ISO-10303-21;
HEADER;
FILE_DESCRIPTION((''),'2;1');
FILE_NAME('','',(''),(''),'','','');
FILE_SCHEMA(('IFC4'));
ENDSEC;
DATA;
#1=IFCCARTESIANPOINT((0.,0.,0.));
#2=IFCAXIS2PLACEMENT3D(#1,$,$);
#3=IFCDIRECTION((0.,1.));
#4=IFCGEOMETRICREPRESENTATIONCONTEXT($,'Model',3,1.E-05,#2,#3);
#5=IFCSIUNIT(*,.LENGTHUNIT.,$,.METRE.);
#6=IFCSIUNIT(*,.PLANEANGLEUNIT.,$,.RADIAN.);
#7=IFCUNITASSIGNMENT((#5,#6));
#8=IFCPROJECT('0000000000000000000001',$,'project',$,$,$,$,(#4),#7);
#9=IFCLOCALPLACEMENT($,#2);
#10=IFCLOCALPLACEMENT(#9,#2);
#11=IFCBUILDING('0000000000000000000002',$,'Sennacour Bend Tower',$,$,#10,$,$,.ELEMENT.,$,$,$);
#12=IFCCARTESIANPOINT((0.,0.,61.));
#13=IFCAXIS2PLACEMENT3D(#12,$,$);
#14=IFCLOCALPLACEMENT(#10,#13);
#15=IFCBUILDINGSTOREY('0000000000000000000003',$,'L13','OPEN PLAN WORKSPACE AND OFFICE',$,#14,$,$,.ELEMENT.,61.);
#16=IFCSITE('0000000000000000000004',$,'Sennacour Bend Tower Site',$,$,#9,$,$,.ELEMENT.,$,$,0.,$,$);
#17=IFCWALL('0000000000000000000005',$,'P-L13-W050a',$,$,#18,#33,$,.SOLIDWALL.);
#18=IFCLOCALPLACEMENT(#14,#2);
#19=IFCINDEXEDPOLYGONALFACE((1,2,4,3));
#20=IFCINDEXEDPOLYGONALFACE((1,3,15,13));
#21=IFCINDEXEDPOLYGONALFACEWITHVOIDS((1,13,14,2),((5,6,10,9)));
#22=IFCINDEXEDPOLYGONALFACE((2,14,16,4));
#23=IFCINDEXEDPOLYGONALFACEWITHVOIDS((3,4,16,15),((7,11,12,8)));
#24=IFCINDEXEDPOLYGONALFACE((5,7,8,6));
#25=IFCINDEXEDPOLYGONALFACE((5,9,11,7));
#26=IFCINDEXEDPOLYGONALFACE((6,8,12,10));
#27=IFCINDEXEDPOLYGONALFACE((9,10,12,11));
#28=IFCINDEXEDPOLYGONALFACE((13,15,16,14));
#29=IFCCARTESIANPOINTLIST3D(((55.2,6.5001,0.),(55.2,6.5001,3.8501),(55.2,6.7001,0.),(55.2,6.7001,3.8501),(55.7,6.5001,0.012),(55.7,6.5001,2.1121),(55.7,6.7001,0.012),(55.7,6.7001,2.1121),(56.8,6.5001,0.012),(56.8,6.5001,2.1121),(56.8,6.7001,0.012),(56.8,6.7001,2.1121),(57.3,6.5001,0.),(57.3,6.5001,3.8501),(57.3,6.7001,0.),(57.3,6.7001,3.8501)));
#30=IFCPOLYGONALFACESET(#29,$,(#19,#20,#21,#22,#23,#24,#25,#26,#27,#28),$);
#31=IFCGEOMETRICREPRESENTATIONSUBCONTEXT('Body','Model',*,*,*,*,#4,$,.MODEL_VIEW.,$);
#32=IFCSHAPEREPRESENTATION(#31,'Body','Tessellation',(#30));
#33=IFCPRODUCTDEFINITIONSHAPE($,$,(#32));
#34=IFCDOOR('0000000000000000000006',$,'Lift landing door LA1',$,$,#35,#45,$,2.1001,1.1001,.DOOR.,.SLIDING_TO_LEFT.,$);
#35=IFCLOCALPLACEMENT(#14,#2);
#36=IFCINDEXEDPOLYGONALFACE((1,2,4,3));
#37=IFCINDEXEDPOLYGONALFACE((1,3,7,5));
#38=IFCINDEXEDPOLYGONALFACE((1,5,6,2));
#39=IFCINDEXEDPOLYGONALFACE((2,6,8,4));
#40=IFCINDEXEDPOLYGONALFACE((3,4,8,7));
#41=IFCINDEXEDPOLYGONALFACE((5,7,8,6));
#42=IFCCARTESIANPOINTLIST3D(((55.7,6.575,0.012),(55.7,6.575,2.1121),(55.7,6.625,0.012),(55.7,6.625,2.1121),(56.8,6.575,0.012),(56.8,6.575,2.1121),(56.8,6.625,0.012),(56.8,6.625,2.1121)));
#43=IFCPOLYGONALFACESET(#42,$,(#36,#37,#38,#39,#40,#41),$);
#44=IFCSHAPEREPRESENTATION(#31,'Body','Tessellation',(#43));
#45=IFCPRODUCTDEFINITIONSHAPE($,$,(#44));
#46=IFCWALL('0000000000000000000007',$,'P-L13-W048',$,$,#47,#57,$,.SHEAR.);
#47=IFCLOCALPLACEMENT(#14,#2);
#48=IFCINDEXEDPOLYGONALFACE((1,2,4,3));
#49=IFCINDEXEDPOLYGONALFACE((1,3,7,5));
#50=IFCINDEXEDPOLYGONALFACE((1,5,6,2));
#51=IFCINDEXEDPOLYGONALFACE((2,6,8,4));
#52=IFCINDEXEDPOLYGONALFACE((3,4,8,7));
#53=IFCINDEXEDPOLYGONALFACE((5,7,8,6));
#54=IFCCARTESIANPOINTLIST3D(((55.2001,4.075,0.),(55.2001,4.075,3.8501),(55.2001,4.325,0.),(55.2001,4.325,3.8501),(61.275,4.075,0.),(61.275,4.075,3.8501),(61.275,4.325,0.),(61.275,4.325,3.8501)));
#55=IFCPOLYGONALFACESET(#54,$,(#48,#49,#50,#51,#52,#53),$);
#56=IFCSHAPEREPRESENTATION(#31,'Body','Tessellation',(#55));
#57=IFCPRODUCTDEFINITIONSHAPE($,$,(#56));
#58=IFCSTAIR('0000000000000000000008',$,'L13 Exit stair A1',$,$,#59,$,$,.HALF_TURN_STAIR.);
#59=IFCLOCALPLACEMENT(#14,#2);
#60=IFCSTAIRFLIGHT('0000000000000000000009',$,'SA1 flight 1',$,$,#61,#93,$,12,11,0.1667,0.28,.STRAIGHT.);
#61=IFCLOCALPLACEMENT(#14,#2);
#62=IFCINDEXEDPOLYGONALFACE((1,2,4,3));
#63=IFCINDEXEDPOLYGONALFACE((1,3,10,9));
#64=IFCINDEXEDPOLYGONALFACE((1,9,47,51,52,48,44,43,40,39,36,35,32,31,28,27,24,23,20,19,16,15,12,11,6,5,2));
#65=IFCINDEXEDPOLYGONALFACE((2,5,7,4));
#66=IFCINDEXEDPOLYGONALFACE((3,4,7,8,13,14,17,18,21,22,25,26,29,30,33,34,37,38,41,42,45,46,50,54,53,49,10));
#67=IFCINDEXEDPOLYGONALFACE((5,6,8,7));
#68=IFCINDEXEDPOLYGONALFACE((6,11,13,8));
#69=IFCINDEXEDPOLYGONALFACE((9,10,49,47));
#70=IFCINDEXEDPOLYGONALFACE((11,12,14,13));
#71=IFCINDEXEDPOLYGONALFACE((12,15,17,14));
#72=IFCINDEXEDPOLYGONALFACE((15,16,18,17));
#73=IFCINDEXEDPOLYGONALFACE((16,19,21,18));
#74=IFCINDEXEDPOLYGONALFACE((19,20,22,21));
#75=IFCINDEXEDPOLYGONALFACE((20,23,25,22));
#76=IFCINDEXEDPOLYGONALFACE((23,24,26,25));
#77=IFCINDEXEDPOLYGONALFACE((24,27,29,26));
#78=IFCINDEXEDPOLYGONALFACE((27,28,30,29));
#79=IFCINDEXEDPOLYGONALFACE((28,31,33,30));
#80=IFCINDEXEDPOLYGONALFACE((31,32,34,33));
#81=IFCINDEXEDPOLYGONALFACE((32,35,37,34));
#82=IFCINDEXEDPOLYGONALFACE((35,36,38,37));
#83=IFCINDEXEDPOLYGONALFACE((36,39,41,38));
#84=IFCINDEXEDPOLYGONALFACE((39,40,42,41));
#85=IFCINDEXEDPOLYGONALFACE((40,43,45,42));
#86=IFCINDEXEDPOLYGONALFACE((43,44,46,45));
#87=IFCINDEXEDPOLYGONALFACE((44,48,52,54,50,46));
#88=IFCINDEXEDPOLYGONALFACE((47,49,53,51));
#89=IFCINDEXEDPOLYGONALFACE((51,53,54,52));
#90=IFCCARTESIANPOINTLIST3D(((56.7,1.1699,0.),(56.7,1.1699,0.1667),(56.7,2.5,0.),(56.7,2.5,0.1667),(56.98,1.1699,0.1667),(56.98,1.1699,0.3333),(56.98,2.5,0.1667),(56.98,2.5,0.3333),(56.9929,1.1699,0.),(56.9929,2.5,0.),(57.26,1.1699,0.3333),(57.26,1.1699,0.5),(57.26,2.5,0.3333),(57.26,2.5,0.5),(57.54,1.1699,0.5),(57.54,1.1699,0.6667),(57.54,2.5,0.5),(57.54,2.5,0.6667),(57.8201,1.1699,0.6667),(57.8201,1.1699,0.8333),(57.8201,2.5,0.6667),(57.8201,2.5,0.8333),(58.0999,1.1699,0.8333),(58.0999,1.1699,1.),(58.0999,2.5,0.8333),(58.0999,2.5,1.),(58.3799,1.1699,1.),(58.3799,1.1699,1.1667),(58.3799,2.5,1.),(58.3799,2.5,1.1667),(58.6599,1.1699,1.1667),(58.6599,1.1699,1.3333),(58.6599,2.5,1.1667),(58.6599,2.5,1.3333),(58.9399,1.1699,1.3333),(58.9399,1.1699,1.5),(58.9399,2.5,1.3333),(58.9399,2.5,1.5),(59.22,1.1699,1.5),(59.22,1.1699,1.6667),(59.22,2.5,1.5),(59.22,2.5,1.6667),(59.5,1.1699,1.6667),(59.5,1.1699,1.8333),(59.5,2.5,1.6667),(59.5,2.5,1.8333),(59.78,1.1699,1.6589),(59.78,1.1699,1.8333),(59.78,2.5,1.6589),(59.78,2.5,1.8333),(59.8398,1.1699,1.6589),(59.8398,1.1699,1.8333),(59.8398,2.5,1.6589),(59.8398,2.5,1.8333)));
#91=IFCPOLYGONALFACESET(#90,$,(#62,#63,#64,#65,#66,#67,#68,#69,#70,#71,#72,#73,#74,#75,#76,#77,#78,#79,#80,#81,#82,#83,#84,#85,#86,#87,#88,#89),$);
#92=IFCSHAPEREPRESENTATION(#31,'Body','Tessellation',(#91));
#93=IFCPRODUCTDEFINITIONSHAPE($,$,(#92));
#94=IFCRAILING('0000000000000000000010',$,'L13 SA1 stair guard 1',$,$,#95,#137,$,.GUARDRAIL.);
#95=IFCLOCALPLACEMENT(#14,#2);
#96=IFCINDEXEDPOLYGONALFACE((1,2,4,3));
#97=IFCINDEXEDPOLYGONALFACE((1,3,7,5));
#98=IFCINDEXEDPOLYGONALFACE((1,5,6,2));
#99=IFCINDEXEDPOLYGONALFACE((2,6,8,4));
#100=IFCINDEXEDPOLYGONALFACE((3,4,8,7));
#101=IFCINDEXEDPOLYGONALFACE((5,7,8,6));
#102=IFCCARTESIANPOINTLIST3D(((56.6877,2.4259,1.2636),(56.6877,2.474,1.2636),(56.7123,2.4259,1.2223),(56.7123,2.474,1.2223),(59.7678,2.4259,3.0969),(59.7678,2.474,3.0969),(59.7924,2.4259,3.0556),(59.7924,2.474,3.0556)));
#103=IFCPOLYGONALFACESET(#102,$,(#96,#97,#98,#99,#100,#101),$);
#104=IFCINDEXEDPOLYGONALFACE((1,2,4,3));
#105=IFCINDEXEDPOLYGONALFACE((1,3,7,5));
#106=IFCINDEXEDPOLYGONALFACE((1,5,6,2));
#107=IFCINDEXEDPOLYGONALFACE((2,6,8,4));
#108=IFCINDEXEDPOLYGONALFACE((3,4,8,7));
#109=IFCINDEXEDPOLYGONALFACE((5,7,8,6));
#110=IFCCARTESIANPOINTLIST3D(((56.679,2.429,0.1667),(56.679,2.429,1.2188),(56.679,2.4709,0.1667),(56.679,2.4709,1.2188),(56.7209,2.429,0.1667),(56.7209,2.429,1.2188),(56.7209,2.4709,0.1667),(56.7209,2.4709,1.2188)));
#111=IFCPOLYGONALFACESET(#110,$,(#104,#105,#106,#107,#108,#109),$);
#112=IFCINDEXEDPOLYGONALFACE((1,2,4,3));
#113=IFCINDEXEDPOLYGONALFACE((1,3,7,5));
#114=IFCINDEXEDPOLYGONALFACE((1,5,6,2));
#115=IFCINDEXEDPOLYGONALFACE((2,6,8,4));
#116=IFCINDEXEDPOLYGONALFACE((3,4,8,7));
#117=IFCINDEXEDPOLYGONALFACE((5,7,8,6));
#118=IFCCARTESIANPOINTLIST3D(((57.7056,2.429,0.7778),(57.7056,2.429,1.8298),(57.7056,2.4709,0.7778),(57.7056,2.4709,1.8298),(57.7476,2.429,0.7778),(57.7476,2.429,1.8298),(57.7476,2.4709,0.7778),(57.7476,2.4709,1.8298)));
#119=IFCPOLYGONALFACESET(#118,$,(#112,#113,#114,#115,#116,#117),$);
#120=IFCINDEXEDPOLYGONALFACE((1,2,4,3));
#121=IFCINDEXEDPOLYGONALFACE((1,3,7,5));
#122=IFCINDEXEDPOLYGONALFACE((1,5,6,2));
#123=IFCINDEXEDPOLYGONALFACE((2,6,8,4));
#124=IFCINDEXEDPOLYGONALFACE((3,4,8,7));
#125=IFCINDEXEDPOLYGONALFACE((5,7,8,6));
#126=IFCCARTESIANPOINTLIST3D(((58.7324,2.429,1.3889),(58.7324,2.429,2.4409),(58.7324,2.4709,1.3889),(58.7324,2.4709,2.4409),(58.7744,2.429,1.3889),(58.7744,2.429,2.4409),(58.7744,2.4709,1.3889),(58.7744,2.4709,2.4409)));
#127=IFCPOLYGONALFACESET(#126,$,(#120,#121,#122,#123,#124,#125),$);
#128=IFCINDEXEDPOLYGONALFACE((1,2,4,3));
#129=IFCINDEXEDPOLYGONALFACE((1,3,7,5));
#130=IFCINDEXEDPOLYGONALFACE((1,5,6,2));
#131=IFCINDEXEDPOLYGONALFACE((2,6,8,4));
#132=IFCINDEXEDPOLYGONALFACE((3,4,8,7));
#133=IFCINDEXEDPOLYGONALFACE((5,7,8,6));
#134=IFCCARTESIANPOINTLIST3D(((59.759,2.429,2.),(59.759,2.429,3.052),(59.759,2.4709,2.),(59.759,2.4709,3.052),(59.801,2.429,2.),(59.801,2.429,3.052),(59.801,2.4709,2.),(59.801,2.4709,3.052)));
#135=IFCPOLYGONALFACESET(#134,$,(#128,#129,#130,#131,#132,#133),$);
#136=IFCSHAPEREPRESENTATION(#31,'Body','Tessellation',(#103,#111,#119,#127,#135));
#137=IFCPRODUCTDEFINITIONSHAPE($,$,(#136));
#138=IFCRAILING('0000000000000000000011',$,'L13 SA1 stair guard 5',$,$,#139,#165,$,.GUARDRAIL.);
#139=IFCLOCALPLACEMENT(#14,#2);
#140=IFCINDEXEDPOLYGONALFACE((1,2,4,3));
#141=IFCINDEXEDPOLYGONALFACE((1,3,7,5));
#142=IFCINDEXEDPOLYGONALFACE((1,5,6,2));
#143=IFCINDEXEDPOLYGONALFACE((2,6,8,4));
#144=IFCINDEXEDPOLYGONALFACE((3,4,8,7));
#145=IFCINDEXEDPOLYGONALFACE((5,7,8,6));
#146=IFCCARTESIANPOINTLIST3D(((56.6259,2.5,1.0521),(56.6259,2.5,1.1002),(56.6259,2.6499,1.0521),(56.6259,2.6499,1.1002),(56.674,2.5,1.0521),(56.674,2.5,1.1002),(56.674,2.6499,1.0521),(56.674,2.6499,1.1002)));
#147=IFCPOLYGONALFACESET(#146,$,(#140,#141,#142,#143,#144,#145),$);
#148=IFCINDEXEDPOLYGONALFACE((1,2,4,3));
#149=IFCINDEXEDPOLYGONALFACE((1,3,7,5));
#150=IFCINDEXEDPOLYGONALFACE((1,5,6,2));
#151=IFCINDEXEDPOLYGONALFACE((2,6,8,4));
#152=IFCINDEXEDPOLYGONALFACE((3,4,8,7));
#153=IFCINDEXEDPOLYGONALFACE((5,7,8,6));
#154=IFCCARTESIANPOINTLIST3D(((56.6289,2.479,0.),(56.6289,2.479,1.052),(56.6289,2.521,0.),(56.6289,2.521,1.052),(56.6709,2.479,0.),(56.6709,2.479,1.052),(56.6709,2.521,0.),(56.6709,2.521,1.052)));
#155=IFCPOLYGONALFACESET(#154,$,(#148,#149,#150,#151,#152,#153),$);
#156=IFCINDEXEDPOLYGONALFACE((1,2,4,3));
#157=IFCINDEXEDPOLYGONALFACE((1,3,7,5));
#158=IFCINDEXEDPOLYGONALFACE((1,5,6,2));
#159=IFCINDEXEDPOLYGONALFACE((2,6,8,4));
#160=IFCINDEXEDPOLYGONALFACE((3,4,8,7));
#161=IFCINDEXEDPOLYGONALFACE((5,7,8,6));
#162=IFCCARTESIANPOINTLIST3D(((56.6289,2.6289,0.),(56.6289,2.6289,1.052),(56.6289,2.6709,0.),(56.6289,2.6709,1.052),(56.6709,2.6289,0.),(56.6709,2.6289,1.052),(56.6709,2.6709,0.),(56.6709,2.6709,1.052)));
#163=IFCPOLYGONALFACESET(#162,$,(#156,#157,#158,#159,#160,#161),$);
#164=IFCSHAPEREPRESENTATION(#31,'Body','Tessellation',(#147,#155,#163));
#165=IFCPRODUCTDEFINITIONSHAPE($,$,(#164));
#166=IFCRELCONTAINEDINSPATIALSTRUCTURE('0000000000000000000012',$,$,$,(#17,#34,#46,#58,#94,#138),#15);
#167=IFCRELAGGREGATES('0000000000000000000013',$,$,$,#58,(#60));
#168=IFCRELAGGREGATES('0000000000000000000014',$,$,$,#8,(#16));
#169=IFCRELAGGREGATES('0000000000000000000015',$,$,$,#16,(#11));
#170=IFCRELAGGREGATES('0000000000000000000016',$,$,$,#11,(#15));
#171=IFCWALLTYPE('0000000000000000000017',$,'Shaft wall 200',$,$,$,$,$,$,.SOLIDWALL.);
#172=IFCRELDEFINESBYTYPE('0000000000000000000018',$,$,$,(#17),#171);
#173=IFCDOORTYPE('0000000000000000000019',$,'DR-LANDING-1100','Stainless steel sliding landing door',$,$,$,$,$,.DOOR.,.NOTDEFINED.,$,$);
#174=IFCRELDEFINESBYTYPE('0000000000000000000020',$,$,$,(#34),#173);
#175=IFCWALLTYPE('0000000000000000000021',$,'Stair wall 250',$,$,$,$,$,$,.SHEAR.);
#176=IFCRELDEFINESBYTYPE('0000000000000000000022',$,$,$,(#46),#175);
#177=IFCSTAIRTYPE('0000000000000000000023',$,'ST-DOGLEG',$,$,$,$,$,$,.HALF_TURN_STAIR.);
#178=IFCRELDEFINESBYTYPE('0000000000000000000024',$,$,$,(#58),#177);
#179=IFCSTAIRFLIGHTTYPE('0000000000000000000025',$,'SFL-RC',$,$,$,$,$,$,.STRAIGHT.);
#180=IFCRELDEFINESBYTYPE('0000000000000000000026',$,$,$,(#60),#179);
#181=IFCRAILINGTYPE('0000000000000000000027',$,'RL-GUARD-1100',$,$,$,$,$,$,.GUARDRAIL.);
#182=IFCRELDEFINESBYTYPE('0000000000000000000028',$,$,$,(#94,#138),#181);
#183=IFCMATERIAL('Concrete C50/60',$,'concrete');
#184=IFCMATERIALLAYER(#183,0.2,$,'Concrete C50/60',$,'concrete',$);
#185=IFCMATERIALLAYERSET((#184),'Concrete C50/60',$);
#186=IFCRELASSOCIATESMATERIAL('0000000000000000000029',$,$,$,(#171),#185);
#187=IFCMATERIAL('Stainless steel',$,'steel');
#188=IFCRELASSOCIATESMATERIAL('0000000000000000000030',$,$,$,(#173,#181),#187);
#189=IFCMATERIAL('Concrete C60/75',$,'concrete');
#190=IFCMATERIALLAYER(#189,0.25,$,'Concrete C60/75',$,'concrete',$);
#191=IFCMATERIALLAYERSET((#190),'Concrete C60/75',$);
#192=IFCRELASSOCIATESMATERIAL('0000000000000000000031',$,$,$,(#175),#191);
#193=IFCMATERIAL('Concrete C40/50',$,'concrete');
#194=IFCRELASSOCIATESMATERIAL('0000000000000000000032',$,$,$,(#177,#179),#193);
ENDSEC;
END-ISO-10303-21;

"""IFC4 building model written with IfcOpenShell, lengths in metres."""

from ifc_helpers import new_model, si_unit, direction, frame, frame_2d, origin, origin_2d, place, context, subcontext, project, spatial, polyline, rectangle, outline, extrude, material, layer, layer_set, type_object, element, fill, aggregate, save


model = new_model("IFC4")

# Units and contexts
model_context = context("Model", 3, precision=1e-05, world=origin(), true_north=direction((0.0, 1.0)))
body_context = subcontext(model_context, "Body", "Model", "MODEL_VIEW")
ifc_project = project(units=[si_unit("LENGTHUNIT", "METRE"), si_unit("PLANEANGLEUNIT", "RADIAN")], contexts=[model_context])

# Site, building, storey
site_placement = place(None, origin())
site = spatial("IfcSite", under=ifc_project, at=site_placement, Name="Sennacour Bend Tower Site", CompositionType="ELEMENT", RefElevation=0.0)
building_placement = place(site_placement, origin())
building = spatial("IfcBuilding", under=site, at=building_placement, Name="Sennacour Bend Tower", CompositionType="ELEMENT")
storey_placement = place(building_placement, frame((0.0, 0.0, 61.0)))
storey = spatial("IfcBuildingStorey", under=building, at=storey_placement, Name="L13", Description="OPEN PLAN WORKSPACE AND OFFICE", CompositionType="ELEMENT", Elevation=61.0)

# Wall, opening, door
ifc_material_1 = material(Name="Concrete C50/60", Category="concrete")
ifc_layer_1 = layer(ifc_material_1, 0.2, Name="Concrete C50/60", Category="concrete")
ifc_layer_set_1 = layer_set([ifc_layer_1], Name="Concrete C50/60")
wall_type_1 = type_object("IfcWallType", Name="Shaft wall 200", PredefinedType="SOLIDWALL", material=ifc_layer_set_1)
wall_1_placement = place(storey_placement, frame((55.2, 6.6001, 0.0), z_axis=(0.0, 0.0, 1.0), x_axis=(1.0, 0.0, 0.0)))
wall_1 = element("IfcWall", 1, at=wall_1_placement, inside=storey, type_object=wall_type_1, Name="P-L13-W050a", PredefinedType="SOLIDWALL", context=body_context, shape_type="SweptSolid", body=[
    extrude(rectangle(XDim=2.1001, YDim=0.2, at=frame_2d((1.05, 0.0))), origin(), (0.0, 0.0, 1.0), 3.8501),
])
opening_1_placement = place(wall_1_placement, frame((0.5, 0.0, 0.012)))
opening_1 = element("IfcOpeningElement", 2, at=opening_1_placement, cuts=wall_1, PredefinedType="OPENING", context=body_context, shape_type="SweptSolid", body=[
    extrude(rectangle(XDim=1.1001, YDim=2.1001, at=frame_2d((0.55, 1.05))), frame((0.0, 0.1099, 0.0), z_axis=(0.0, -1.0, 0.0), x_axis=(1.0, 0.0, 0.0)), (0.0, 0.0, 1.0), 0.22),
])
ifc_material_2 = material(Name="Stainless steel", Category="steel")
door_type_1 = type_object("IfcDoorType", Name="DR-LANDING-1100", Description="Stainless steel sliding landing door", OperationType="NOTDEFINED", PredefinedType="DOOR", material=ifc_material_2)
door_1_placement = place(opening_1_placement, origin())
door_1 = element("IfcDoor", 3, at=door_1_placement, inside=storey, type_object=door_type_1, Name="Lift landing door LA1", OperationType="SLIDING_TO_LEFT", OverallHeight=2.1001, OverallWidth=1.1001, PredefinedType="DOOR", context=body_context, shape_type="SweptSolid", body=[
    extrude(rectangle(XDim=1.1001, YDim=2.1001, at=frame_2d((0.55, 1.05))), frame((0.0, 0.0249, 0.0), z_axis=(0.0, -1.0, 0.0), x_axis=(1.0, 0.0, 0.0)), (0.0, 0.0, 1.0), 0.05),
])
fill(opening_1, door_1)

# Wall
ifc_material_3 = material(Name="Concrete C60/75", Category="concrete")
ifc_layer_2 = layer(ifc_material_3, 0.25, Name="Concrete C60/75", Category="concrete")
ifc_layer_set_2 = layer_set([ifc_layer_2], Name="Concrete C60/75")
wall_type_2 = type_object("IfcWallType", Name="Stair wall 250", PredefinedType="SHEAR", material=ifc_layer_set_2)
wall_2_placement = place(storey_placement, frame((55.2, 4.2, 0.0), z_axis=(0.0, 0.0, 1.0), x_axis=(1.0, 0.0, 0.0)))
element("IfcWall", 4, at=wall_2_placement, inside=storey, type_object=wall_type_2, Name="P-L13-W048", PredefinedType="SHEAR", context=body_context, shape_type="SweptSolid", body=[
    extrude(rectangle(XDim=6.075, YDim=0.25, at=frame_2d((3.0376, 0.0))), origin(), (0.0, 0.0, 1.0), 3.8501),
])

# Stair, stair flight
ifc_material_4 = material(Name="Concrete C40/50", Category="concrete")
stair_type = type_object("IfcStairType", Name="ST-DOGLEG", PredefinedType="HALF_TURN_STAIR", material=ifc_material_4)
stair_placement = place(storey_placement, origin())
stair = element("IfcStair", 5, at=stair_placement, inside=storey, type_object=stair_type, Name="L13 Exit stair A1", PredefinedType="HALF_TURN_STAIR")
stair_flight_type = type_object("IfcStairFlightType", Name="SFL-RC", PredefinedType="STRAIGHT", material=ifc_material_4)
stair_flight_placement = place(storey_placement, frame((56.7, 1.835, 0.0), z_axis=(0.0, 0.0, 1.0), x_axis=(1.0, 0.0, 0.0)))
stair_flight = element("IfcStairFlight", 6, at=stair_flight_placement, type_object=stair_flight_type, Name="SA1 flight 1", NumberOfRisers=12, NumberOfTreads=11, PredefinedType="STRAIGHT", RiserHeight=0.1667, TreadLength=0.28, context=body_context, shape_type="SweptSolid", body=[
    extrude(outline(polyline([(0.0, 0.0), (0.0, 0.1667), (0.28, 0.1667), (0.28, 0.3333), (0.5601, 0.3333), (0.5601, 0.5), (0.8401, 0.5), (0.8401, 0.6667), (1.1201, 0.6667), (1.1201, 0.8333), (1.3999, 0.8333), (1.3999, 1.0), (1.6799, 1.0), (1.6799, 1.1667), (1.96, 1.1667), (1.96, 1.3333), (2.24, 1.3333), (2.24, 1.5), (2.52, 1.5), (2.52, 1.6667), (2.8, 1.6667), (2.8, 1.8333), (3.0801, 1.8333), (3.1399, 1.8333), (3.1399, 1.6589), (3.0801, 1.6589), (0.293, 0.0), (0.0, 0.0)])), frame((0.0, 0.665, 0.0), z_axis=(0.0, -1.0, 0.0), x_axis=(1.0, 0.0, 0.0)), (0.0, 0.0, 1.0), 1.3301),
])
aggregate(stair, [stair_flight])

# Railings
railing_type = type_object("IfcRailingType", Name="RL-GUARD-1100", PredefinedType="GUARDRAIL", material=ifc_material_2)
railing_1_placement = place(storey_placement, frame((56.7, 2.45, 0.1667)))
element("IfcRailing", 7, at=railing_1_placement, inside=storey, type_object=railing_type, Name="L13 SA1 stair guard 1", PredefinedType="GUARDRAIL", context=body_context, shape_type="SweptSolid", body=[
    extrude(rectangle(XDim=0.0481, YDim=0.0481, at=origin_2d()), frame((0.0, 0.0, 1.0762), z_axis=(0.859309, 0.0, 0.511458), x_axis=(0.0, 1.0, 0.0)), (0.0, 0.0, 1.0), 3.5845),
    extrude(rectangle(XDim=0.042, YDim=0.042, at=origin_2d()), origin(), (0.0, 0.0, 1.0), 1.052),
    extrude(rectangle(XDim=0.042, YDim=0.042, at=origin_2d()), frame((1.0266, 0.0, 0.6111)), (0.0, 0.0, 1.0), 1.052),
    extrude(rectangle(XDim=0.042, YDim=0.042, at=origin_2d()), frame((2.0535, 0.0, 1.2222)), (0.0, 0.0, 1.0), 1.052),
    extrude(rectangle(XDim=0.042, YDim=0.042, at=origin_2d()), frame((3.0801, 0.0, 1.8333)), (0.0, 0.0, 1.0), 1.052),
])
railing_2_placement = place(storey_placement, frame((56.6499, 2.5, 0.0)))
element("IfcRailing", 8, at=railing_2_placement, inside=storey, type_object=railing_type, Name="L13 SA1 stair guard 5", PredefinedType="GUARDRAIL", context=body_context, shape_type="SweptSolid", body=[
    extrude(rectangle(XDim=0.0481, YDim=0.0481, at=origin_2d()), frame((0.0, 0.0, 1.0762), z_axis=(0.0, 1.0, 0.0), x_axis=(-1.0, 0.0, 0.0)), (0.0, 0.0, 1.0), 0.1499),
    extrude(rectangle(XDim=0.042, YDim=0.042, at=origin_2d()), origin(), (0.0, 0.0, 1.0), 1.052),
    extrude(rectangle(XDim=0.042, YDim=0.042, at=origin_2d()), frame((0.0, 0.1499, 0.0)), (0.0, 0.0, 1.0), 1.052),
])

save(model, "model.ifc")
